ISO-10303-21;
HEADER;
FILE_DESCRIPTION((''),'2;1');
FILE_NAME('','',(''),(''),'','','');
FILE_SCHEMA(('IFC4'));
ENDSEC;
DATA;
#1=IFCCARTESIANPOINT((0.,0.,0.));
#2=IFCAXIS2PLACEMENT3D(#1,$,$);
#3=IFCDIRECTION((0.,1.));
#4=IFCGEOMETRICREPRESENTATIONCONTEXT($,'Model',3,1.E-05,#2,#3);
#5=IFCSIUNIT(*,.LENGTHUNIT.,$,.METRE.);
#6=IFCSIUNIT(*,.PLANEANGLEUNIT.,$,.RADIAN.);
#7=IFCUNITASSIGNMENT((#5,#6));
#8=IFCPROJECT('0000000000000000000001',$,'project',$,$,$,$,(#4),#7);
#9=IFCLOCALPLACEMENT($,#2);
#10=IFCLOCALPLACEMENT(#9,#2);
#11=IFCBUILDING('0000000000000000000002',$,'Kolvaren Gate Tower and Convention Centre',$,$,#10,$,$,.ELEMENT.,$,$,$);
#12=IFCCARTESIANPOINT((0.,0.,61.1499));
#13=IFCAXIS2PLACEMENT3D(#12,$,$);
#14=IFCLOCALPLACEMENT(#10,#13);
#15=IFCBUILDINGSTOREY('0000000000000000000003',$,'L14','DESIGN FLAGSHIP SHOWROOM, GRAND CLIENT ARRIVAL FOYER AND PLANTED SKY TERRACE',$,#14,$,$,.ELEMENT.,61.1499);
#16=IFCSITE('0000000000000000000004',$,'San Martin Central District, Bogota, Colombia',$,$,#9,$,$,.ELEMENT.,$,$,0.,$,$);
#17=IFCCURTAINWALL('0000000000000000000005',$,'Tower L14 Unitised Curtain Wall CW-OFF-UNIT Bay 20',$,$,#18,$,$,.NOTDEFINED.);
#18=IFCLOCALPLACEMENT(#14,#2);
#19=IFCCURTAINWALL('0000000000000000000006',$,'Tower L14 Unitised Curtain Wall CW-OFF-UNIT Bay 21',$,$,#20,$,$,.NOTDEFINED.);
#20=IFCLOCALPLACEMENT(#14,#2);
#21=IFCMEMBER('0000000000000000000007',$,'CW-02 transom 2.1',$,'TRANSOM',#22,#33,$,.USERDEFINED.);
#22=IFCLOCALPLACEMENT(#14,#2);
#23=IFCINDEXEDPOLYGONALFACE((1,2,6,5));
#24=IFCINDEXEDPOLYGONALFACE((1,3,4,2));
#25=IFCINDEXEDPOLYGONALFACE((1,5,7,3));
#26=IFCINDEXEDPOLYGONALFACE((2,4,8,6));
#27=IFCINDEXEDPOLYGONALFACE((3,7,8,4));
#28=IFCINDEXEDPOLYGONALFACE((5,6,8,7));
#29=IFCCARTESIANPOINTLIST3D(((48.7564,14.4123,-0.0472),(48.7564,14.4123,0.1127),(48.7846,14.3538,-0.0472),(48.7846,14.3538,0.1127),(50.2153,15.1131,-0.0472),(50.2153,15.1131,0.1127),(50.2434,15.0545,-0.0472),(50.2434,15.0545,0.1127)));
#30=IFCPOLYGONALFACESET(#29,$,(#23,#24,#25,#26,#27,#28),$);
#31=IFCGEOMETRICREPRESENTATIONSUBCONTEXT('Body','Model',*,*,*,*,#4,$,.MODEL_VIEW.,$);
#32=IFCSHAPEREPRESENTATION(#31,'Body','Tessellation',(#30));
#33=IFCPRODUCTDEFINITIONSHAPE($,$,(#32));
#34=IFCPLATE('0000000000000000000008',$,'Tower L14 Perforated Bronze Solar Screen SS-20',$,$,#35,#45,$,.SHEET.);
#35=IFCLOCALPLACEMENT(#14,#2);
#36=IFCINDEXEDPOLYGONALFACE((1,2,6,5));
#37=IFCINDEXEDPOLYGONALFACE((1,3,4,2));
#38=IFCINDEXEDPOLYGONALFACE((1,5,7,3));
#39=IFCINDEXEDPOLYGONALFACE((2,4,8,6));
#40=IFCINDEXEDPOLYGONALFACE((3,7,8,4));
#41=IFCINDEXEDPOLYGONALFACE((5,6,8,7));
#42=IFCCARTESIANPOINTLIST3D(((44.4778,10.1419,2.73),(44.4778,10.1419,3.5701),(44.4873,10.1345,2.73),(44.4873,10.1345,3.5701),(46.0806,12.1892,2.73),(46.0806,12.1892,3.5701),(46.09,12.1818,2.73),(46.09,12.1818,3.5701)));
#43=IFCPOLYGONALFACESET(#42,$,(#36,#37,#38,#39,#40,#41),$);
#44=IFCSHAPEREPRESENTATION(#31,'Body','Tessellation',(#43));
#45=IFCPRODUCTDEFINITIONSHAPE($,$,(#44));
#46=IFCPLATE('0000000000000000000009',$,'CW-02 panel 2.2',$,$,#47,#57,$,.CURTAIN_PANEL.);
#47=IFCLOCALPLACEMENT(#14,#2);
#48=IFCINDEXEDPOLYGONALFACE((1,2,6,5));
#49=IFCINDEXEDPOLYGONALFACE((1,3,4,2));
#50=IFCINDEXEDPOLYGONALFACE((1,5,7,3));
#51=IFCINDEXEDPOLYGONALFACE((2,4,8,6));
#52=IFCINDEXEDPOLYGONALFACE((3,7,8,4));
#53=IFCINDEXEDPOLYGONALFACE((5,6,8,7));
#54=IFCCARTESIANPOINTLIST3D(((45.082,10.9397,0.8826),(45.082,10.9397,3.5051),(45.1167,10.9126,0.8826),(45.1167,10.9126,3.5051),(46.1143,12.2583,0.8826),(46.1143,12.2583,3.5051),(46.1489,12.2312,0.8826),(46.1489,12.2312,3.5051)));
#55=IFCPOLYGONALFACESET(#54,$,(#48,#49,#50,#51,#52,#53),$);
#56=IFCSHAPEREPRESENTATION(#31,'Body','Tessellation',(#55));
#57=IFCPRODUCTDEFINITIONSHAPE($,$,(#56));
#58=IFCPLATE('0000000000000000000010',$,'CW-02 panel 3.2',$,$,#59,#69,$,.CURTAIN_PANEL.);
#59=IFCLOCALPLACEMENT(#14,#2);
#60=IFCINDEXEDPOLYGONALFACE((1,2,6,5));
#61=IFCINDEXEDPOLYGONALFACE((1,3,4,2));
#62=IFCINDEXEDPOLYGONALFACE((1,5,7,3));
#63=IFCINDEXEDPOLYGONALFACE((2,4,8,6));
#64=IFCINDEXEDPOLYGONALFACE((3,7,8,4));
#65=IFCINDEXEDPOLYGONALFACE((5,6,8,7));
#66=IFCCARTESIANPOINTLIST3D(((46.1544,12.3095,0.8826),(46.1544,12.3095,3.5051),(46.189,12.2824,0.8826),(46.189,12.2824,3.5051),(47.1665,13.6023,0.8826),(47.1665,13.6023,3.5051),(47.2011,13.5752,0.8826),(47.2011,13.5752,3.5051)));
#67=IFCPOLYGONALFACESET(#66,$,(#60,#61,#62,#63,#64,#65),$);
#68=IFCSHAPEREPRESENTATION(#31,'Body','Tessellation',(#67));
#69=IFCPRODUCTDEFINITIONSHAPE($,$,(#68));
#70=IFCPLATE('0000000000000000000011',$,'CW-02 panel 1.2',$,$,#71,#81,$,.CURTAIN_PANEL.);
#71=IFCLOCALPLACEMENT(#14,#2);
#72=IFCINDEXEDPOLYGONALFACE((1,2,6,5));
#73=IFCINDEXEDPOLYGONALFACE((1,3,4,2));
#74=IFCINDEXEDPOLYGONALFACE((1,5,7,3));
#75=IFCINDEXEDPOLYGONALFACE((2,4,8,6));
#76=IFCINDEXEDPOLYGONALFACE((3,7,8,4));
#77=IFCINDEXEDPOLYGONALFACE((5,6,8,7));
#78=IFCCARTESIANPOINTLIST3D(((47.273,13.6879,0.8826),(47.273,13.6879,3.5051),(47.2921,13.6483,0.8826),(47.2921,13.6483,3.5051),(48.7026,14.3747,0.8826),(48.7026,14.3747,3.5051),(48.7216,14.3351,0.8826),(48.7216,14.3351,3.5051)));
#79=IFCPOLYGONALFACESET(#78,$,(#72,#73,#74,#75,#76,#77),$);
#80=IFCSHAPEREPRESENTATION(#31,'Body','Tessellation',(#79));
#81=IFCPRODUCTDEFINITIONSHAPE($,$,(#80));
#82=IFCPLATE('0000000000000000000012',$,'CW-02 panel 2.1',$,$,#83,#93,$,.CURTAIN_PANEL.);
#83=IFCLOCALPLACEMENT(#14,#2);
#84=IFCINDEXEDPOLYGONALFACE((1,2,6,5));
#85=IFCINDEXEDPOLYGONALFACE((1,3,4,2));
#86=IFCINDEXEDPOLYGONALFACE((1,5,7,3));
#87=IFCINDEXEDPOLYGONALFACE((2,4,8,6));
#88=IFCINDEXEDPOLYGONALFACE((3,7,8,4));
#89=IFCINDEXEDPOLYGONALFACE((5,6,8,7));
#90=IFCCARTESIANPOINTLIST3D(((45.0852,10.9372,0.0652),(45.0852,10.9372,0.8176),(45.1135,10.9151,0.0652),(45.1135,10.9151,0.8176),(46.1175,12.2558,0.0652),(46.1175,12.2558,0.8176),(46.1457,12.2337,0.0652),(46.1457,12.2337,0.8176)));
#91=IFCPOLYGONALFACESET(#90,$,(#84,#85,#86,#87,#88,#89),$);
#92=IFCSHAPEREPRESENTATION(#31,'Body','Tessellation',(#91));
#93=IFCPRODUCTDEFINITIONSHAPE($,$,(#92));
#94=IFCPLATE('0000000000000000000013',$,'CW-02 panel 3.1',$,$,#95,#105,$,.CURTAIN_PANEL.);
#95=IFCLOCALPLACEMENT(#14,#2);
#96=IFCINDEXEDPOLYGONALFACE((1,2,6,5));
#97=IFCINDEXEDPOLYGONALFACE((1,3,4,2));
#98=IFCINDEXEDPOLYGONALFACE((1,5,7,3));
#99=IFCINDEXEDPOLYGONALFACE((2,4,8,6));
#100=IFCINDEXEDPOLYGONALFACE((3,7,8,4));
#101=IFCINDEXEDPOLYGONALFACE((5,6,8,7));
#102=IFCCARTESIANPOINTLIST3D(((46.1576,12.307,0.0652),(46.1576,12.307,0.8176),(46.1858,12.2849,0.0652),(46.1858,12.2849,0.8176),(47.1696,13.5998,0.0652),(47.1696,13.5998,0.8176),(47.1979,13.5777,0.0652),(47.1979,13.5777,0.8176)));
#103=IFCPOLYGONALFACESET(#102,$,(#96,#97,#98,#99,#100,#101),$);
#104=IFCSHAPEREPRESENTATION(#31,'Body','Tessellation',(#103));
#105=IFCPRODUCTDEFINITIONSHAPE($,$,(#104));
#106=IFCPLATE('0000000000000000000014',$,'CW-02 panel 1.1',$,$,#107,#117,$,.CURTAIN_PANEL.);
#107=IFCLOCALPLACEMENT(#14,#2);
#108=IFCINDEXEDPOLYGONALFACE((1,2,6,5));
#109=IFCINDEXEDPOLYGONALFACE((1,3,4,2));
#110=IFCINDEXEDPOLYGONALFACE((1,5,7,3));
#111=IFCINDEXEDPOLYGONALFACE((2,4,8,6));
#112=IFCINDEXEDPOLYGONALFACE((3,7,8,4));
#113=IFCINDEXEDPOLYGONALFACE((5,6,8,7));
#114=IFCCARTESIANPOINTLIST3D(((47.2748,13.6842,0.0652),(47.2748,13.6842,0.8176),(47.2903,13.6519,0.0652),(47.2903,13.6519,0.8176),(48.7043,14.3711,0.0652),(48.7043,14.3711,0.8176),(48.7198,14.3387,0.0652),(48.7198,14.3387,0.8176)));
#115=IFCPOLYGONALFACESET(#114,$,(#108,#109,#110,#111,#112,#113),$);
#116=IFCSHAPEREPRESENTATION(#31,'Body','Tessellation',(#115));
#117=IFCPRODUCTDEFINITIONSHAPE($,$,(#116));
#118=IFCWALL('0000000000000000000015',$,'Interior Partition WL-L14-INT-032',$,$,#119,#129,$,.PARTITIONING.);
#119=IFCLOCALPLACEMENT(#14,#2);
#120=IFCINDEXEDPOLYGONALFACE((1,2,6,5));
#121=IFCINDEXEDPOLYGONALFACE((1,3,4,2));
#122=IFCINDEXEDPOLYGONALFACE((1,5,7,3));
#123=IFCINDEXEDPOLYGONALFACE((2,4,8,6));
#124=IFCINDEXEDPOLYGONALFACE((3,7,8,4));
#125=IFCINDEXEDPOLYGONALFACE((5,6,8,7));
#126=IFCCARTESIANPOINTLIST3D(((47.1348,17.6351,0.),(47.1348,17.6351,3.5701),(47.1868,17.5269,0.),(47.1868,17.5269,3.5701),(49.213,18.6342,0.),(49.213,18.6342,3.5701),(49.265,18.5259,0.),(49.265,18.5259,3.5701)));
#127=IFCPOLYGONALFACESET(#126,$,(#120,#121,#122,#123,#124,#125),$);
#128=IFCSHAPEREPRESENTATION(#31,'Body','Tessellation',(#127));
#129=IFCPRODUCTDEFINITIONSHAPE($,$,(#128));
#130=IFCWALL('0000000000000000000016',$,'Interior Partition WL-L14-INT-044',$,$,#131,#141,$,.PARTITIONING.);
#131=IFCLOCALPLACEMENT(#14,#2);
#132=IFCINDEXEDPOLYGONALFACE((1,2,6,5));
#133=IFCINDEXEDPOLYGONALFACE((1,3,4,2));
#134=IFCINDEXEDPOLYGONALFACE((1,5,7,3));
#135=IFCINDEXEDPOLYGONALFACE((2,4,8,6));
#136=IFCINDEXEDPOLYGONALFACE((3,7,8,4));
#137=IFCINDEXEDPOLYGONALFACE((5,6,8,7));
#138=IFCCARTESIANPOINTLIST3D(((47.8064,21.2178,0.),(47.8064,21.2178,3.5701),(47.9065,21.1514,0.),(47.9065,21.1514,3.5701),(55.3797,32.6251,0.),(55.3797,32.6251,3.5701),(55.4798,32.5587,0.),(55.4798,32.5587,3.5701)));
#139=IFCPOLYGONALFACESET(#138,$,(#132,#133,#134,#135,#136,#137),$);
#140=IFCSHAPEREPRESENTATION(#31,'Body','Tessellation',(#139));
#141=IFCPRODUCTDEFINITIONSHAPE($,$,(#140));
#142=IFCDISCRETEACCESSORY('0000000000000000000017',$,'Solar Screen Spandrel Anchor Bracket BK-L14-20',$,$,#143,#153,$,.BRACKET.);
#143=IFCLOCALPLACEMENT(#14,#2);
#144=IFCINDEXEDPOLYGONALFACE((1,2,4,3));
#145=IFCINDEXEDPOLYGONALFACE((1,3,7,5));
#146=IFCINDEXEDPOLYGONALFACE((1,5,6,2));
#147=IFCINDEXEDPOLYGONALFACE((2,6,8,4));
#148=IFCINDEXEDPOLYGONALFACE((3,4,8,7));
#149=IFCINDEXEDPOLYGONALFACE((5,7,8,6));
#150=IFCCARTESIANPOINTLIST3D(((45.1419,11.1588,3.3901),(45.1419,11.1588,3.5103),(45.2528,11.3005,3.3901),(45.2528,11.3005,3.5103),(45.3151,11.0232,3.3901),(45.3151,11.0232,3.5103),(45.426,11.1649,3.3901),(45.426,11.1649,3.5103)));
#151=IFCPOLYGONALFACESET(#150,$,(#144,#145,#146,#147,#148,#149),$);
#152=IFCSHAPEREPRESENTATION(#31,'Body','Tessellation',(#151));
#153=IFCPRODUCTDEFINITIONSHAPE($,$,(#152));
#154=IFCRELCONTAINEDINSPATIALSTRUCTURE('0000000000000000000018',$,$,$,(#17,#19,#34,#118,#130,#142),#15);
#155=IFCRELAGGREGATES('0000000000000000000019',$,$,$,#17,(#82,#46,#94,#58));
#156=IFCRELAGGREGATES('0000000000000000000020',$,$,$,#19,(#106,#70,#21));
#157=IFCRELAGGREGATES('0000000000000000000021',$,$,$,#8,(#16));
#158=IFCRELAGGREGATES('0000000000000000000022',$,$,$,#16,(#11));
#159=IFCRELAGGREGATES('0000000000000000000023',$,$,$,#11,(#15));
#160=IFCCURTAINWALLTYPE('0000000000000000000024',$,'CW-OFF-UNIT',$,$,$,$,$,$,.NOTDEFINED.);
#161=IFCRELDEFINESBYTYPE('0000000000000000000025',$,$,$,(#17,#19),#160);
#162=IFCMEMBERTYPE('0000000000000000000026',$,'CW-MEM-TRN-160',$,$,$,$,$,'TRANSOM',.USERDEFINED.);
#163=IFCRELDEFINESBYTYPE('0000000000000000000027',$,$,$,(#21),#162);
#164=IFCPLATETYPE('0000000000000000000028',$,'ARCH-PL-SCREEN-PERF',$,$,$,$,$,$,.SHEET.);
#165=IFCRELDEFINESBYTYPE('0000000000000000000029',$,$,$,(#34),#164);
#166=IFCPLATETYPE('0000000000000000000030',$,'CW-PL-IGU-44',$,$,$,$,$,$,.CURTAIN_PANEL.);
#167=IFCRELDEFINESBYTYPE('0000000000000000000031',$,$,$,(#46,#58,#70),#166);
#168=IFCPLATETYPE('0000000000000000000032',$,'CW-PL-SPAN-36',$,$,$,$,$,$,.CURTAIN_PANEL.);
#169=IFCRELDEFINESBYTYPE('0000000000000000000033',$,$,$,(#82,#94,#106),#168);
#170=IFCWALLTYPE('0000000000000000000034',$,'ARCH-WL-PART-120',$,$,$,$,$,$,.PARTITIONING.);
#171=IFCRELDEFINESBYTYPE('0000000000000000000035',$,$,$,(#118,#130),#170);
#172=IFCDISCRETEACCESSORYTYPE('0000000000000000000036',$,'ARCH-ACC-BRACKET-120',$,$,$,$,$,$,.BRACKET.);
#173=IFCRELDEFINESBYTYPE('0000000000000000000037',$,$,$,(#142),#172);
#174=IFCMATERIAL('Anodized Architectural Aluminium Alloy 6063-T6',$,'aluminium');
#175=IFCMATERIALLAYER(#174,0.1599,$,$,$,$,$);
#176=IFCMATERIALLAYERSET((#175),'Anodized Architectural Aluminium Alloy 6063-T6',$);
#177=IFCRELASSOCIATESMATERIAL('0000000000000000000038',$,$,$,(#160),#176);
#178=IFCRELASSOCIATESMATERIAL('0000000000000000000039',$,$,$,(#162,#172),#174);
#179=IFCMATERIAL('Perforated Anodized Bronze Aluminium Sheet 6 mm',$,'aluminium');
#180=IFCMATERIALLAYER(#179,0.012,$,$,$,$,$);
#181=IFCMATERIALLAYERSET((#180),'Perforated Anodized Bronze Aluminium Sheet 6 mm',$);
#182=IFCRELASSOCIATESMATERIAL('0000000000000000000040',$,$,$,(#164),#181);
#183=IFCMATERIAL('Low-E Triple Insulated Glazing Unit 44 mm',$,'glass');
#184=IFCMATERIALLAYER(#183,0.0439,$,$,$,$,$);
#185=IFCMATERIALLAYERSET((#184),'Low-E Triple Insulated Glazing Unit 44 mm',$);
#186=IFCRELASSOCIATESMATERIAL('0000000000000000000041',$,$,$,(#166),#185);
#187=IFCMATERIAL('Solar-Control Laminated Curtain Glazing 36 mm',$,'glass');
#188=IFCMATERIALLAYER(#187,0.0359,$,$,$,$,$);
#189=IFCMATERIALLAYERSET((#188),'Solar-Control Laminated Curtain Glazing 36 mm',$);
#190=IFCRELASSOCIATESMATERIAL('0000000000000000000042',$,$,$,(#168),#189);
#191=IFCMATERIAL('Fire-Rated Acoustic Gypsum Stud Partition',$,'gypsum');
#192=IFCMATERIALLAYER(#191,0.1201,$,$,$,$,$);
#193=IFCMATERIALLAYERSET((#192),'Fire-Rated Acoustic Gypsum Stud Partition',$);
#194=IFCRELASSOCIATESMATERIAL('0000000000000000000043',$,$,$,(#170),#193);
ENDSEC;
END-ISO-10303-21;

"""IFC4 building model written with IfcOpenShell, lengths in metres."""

from ifc_helpers import new_model, si_unit, direction, frame, frame_2d, origin, origin_2d, place, context, subcontext, project, spatial, rectangle, extrude, material, layer, layer_set, material_profile, profile_set, type_object, element, aggregate, save


model = new_model("IFC4")

# Units and contexts
model_context = context("Model", 3, precision=1e-05, world=origin(), true_north=direction((0.0, 1.0)))
body_context = subcontext(model_context, "Body", "Model", "MODEL_VIEW")
ifc_project = project(units=[si_unit("LENGTHUNIT", "METRE"), si_unit("PLANEANGLEUNIT", "RADIAN")], contexts=[model_context])

# Site, building, storey
site_placement = place(None, origin())
site = spatial("IfcSite", under=ifc_project, at=site_placement, Name="San Martin Central District, Bogota, Colombia", CompositionType="ELEMENT", RefElevation=0.0)
building_placement = place(site_placement, origin())
building = spatial("IfcBuilding", under=site, at=building_placement, Name="Kolvaren Gate Tower and Convention Centre", CompositionType="ELEMENT")
storey_placement = place(building_placement, frame((0.0, 0.0, 61.1499)))
storey = spatial("IfcBuildingStorey", under=building, at=storey_placement, Name="L14", Description="DESIGN FLAGSHIP SHOWROOM, GRAND CLIENT ARRIVAL FOYER AND PLANTED SKY TERRACE", CompositionType="ELEMENT", Elevation=61.1499)

# Curtain walls
ifc_material_1 = material(Name="Anodized Architectural Aluminium Alloy 6063-T6", Category="aluminium")
ifc_layer_1 = layer(ifc_material_1, 0.1599)
ifc_layer_set_1 = layer_set([ifc_layer_1], Name="Anodized Architectural Aluminium Alloy 6063-T6")
curtain_wall_type = type_object("IfcCurtainWallType", Name="CW-OFF-UNIT", PredefinedType="NOTDEFINED", material=ifc_layer_set_1)
curtain_wall_1_placement = place(storey_placement, origin())
curtain_wall_1 = element("IfcCurtainWall", 1, at=curtain_wall_1_placement, inside=storey, type_object=curtain_wall_type, Name="Tower L14 Unitised Curtain Wall CW-OFF-UNIT Bay 20", PredefinedType="NOTDEFINED")
curtain_wall_2_placement = place(storey_placement, origin())
curtain_wall_2 = element("IfcCurtainWall", 2, at=curtain_wall_2_placement, inside=storey, type_object=curtain_wall_type, Name="Tower L14 Unitised Curtain Wall CW-OFF-UNIT Bay 21", PredefinedType="NOTDEFINED")

# Member
ifc_material_profile_1 = material_profile(ifc_material_1, rectangle(XDim=0.0649, YDim=0.1599, at=origin_2d()), Name="CW-MEM-TRN-160")
ifc_profile_set_1 = profile_set([ifc_material_profile_1], Name="Anodized Architectural Aluminium Alloy 6063-T6")
member_type_1 = type_object("IfcMemberType", Name="CW-MEM-TRN-160", ElementType="TRANSOM", PredefinedType="USERDEFINED", material=ifc_profile_set_1)
member_1_placement = place(storey_placement, frame((48.7705, 14.3831, 0.0327), z_axis=(0.901405, 0.432976, 0.0), x_axis=(-0.432976, 0.901405, 0.0)))
member_1 = element("IfcMember", 3, at=member_1_placement, type_object=member_type_1, Name="CW-02 transom 2.1", ObjectType="TRANSOM", PredefinedType="USERDEFINED", context=body_context, shape_type="SweptSolid", body=[
    extrude(rectangle(XDim=0.0649, YDim=0.1599, at=origin_2d()), origin(), (0.0, 0.0, 1.0), 1.6184),
])

# Plates
ifc_material_2 = material(Name="Perforated Anodized Bronze Aluminium Sheet 6 mm", Category="aluminium")
ifc_layer_2 = layer(ifc_material_2, 0.012)
ifc_layer_set_2 = layer_set([ifc_layer_2], Name="Perforated Anodized Bronze Aluminium Sheet 6 mm")
plate_type_1 = type_object("IfcPlateType", Name="ARCH-PL-SCREEN-PERF", PredefinedType="SHEET", material=ifc_layer_set_2)
plate_1_placement = place(storey_placement, frame((45.2839, 11.1619, 2.73), z_axis=(0.0, 0.0, 1.0), x_axis=(0.616431, 0.787409, 0.0)))
element("IfcPlate", 4, at=plate_1_placement, inside=storey, type_object=plate_type_1, Name="Tower L14 Perforated Bronze Solar Screen SS-20", PredefinedType="SHEET", context=body_context, shape_type="SweptSolid", body=[
    extrude(rectangle(XDim=2.6001, YDim=0.012, at=origin_2d()), origin(), (0.0, 0.0, 1.0), 0.8401),
])
ifc_material_3 = material(Name="Low-E Triple Insulated Glazing Unit 44 mm", Category="glass")
ifc_layer_3 = layer(ifc_material_3, 0.0439)
ifc_layer_set_3 = layer_set([ifc_layer_3], Name="Low-E Triple Insulated Glazing Unit 44 mm")
plate_type_2 = type_object("IfcPlateType", Name="CW-PL-IGU-44", PredefinedType="CURTAIN_PANEL", material=ifc_layer_set_3)
plate_2_placement = place(storey_placement, frame((45.6155, 11.5854, 0.8826), z_axis=(0.0, 0.0, 1.0), x_axis=(0.616434, 0.787406, 0.0)))
plate_2 = element("IfcPlate", 5, at=plate_2_placement, type_object=plate_type_2, Name="CW-02 panel 2.2", PredefinedType="CURTAIN_PANEL", context=body_context, shape_type="SweptSolid", body=[
    extrude(rectangle(XDim=1.6746, YDim=0.0439, at=origin_2d()), origin(), (0.0, 0.0, 1.0), 2.6226),
])
plate_3_placement = place(storey_placement, frame((46.6777, 12.9424, 0.8826), z_axis=(0.0, 0.0, 1.0), x_axis=(0.616434, 0.787406, 0.0)))
plate_3 = element("IfcPlate", 6, at=plate_3_placement, type_object=plate_type_2, Name="CW-02 panel 3.2", PredefinedType="CURTAIN_PANEL", context=body_context, shape_type="SweptSolid", body=[
    extrude(rectangle(XDim=1.6418, YDim=0.0439, at=origin_2d()), origin(), (0.0, 0.0, 1.0), 2.6226),
])
plate_4_placement = place(storey_placement, frame((47.9973, 14.0115, 0.8826), z_axis=(0.0, 0.0, 1.0), x_axis=(0.901362, 0.433067, 0.0)))
plate_4 = element("IfcPlate", 7, at=plate_4_placement, type_object=plate_type_2, Name="CW-02 panel 1.2", PredefinedType="CURTAIN_PANEL", context=body_context, shape_type="SweptSolid", body=[
    extrude(rectangle(XDim=1.5859, YDim=0.0439, at=origin_2d()), origin(), (0.0, 0.0, 1.0), 2.6226),
])
ifc_material_4 = material(Name="Solar-Control Laminated Curtain Glazing 36 mm", Category="glass")
ifc_layer_4 = layer(ifc_material_4, 0.0359)
ifc_layer_set_4 = layer_set([ifc_layer_4], Name="Solar-Control Laminated Curtain Glazing 36 mm")
plate_type_3 = type_object("IfcPlateType", Name="CW-PL-SPAN-36", PredefinedType="CURTAIN_PANEL", material=ifc_layer_set_4)
plate_5_placement = place(storey_placement, frame((45.6155, 11.5854, 0.0652), z_axis=(0.0, 0.0, 1.0), x_axis=(0.616434, 0.787406, 0.0)))
plate_5 = element("IfcPlate", 8, at=plate_5_placement, type_object=plate_type_3, Name="CW-02 panel 2.1", PredefinedType="CURTAIN_PANEL", context=body_context, shape_type="SweptSolid", body=[
    extrude(rectangle(XDim=1.6746, YDim=0.0359, at=origin_2d()), origin(), (0.0, 0.0, 1.0), 0.7524),
])
plate_6_placement = place(storey_placement, frame((46.6777, 12.9424, 0.0652), z_axis=(0.0, 0.0, 1.0), x_axis=(0.616434, 0.787406, 0.0)))
plate_6 = element("IfcPlate", 9, at=plate_6_placement, type_object=plate_type_3, Name="CW-02 panel 3.1", PredefinedType="CURTAIN_PANEL", context=body_context, shape_type="SweptSolid", body=[
    extrude(rectangle(XDim=1.6418, YDim=0.0359, at=origin_2d()), origin(), (0.0, 0.0, 1.0), 0.7524),
])
aggregate(curtain_wall_1, [plate_5, plate_2, plate_6, plate_3])
plate_7_placement = place(storey_placement, frame((47.9973, 14.0115, 0.0652), z_axis=(0.0, 0.0, 1.0), x_axis=(0.901362, 0.433067, 0.0)))
plate_7 = element("IfcPlate", 10, at=plate_7_placement, type_object=plate_type_3, Name="CW-02 panel 1.1", PredefinedType="CURTAIN_PANEL", context=body_context, shape_type="SweptSolid", body=[
    extrude(rectangle(XDim=1.5859, YDim=0.0359, at=origin_2d()), origin(), (0.0, 0.0, 1.0), 0.7524),
])
aggregate(curtain_wall_2, [plate_7, plate_4, member_1])

# Walls
ifc_material_5 = material(Name="Fire-Rated Acoustic Gypsum Stud Partition", Category="gypsum")
ifc_layer_5 = layer(ifc_material_5, 0.1201)
ifc_layer_set_5 = layer_set([ifc_layer_5], Name="Fire-Rated Acoustic Gypsum Stud Partition")
wall_type = type_object("IfcWallType", Name="ARCH-WL-PART-120", PredefinedType="PARTITIONING", material=ifc_layer_set_5)
wall_1_placement = place(storey_placement, frame((47.1609, 17.5811, 0.0), z_axis=(0.0, 0.0, 1.0), x_axis=(0.901265, 0.433268, 0.0)))
element("IfcWall", 11, at=wall_1_placement, inside=storey, type_object=wall_type, Name="Interior Partition WL-L14-INT-032", PredefinedType="PARTITIONING", context=body_context, shape_type="SweptSolid", body=[
    extrude(rectangle(XDim=2.3059, YDim=0.1201, at=frame_2d((1.1528, 0.0))), origin(), (0.0, 0.0, 1.0), 3.5701),
])
wall_2_placement = place(storey_placement, frame((47.8564, 21.1846, 0.0), z_axis=(0.0, 0.0, 1.0), x_axis=(0.553103, 0.833113, 0.0)))
element("IfcWall", 12, at=wall_2_placement, inside=storey, type_object=wall_type, Name="Interior Partition WL-L14-INT-044", PredefinedType="PARTITIONING", context=body_context, shape_type="SweptSolid", body=[
    extrude(rectangle(XDim=13.6924, YDim=0.1201, at=frame_2d((6.8462, 0.0))), origin(), (0.0, 0.0, 1.0), 3.5701),
])

# Discrete accessory
discrete_accessory_type = type_object("IfcDiscreteAccessoryType", Name="ARCH-ACC-BRACKET-120", PredefinedType="BRACKET", material=ifc_material_1)
discrete_accessory_placement = place(storey_placement, frame((45.2839, 11.1619, 3.3901), z_axis=(0.0, 0.0, 1.0), x_axis=(0.616431, 0.787409, 0.0)))
element("IfcDiscreteAccessory", 13, at=discrete_accessory_placement, inside=storey, type_object=discrete_accessory_type, Name="Solar Screen Spandrel Anchor Bracket BK-L14-20", PredefinedType="BRACKET", context=body_context, shape_type="SweptSolid", body=[
    extrude(rectangle(XDim=0.1799, YDim=0.22, at=origin_2d()), origin(), (0.0, 0.0, 1.0), 0.1201),
])

save(model, "model.ifc")
